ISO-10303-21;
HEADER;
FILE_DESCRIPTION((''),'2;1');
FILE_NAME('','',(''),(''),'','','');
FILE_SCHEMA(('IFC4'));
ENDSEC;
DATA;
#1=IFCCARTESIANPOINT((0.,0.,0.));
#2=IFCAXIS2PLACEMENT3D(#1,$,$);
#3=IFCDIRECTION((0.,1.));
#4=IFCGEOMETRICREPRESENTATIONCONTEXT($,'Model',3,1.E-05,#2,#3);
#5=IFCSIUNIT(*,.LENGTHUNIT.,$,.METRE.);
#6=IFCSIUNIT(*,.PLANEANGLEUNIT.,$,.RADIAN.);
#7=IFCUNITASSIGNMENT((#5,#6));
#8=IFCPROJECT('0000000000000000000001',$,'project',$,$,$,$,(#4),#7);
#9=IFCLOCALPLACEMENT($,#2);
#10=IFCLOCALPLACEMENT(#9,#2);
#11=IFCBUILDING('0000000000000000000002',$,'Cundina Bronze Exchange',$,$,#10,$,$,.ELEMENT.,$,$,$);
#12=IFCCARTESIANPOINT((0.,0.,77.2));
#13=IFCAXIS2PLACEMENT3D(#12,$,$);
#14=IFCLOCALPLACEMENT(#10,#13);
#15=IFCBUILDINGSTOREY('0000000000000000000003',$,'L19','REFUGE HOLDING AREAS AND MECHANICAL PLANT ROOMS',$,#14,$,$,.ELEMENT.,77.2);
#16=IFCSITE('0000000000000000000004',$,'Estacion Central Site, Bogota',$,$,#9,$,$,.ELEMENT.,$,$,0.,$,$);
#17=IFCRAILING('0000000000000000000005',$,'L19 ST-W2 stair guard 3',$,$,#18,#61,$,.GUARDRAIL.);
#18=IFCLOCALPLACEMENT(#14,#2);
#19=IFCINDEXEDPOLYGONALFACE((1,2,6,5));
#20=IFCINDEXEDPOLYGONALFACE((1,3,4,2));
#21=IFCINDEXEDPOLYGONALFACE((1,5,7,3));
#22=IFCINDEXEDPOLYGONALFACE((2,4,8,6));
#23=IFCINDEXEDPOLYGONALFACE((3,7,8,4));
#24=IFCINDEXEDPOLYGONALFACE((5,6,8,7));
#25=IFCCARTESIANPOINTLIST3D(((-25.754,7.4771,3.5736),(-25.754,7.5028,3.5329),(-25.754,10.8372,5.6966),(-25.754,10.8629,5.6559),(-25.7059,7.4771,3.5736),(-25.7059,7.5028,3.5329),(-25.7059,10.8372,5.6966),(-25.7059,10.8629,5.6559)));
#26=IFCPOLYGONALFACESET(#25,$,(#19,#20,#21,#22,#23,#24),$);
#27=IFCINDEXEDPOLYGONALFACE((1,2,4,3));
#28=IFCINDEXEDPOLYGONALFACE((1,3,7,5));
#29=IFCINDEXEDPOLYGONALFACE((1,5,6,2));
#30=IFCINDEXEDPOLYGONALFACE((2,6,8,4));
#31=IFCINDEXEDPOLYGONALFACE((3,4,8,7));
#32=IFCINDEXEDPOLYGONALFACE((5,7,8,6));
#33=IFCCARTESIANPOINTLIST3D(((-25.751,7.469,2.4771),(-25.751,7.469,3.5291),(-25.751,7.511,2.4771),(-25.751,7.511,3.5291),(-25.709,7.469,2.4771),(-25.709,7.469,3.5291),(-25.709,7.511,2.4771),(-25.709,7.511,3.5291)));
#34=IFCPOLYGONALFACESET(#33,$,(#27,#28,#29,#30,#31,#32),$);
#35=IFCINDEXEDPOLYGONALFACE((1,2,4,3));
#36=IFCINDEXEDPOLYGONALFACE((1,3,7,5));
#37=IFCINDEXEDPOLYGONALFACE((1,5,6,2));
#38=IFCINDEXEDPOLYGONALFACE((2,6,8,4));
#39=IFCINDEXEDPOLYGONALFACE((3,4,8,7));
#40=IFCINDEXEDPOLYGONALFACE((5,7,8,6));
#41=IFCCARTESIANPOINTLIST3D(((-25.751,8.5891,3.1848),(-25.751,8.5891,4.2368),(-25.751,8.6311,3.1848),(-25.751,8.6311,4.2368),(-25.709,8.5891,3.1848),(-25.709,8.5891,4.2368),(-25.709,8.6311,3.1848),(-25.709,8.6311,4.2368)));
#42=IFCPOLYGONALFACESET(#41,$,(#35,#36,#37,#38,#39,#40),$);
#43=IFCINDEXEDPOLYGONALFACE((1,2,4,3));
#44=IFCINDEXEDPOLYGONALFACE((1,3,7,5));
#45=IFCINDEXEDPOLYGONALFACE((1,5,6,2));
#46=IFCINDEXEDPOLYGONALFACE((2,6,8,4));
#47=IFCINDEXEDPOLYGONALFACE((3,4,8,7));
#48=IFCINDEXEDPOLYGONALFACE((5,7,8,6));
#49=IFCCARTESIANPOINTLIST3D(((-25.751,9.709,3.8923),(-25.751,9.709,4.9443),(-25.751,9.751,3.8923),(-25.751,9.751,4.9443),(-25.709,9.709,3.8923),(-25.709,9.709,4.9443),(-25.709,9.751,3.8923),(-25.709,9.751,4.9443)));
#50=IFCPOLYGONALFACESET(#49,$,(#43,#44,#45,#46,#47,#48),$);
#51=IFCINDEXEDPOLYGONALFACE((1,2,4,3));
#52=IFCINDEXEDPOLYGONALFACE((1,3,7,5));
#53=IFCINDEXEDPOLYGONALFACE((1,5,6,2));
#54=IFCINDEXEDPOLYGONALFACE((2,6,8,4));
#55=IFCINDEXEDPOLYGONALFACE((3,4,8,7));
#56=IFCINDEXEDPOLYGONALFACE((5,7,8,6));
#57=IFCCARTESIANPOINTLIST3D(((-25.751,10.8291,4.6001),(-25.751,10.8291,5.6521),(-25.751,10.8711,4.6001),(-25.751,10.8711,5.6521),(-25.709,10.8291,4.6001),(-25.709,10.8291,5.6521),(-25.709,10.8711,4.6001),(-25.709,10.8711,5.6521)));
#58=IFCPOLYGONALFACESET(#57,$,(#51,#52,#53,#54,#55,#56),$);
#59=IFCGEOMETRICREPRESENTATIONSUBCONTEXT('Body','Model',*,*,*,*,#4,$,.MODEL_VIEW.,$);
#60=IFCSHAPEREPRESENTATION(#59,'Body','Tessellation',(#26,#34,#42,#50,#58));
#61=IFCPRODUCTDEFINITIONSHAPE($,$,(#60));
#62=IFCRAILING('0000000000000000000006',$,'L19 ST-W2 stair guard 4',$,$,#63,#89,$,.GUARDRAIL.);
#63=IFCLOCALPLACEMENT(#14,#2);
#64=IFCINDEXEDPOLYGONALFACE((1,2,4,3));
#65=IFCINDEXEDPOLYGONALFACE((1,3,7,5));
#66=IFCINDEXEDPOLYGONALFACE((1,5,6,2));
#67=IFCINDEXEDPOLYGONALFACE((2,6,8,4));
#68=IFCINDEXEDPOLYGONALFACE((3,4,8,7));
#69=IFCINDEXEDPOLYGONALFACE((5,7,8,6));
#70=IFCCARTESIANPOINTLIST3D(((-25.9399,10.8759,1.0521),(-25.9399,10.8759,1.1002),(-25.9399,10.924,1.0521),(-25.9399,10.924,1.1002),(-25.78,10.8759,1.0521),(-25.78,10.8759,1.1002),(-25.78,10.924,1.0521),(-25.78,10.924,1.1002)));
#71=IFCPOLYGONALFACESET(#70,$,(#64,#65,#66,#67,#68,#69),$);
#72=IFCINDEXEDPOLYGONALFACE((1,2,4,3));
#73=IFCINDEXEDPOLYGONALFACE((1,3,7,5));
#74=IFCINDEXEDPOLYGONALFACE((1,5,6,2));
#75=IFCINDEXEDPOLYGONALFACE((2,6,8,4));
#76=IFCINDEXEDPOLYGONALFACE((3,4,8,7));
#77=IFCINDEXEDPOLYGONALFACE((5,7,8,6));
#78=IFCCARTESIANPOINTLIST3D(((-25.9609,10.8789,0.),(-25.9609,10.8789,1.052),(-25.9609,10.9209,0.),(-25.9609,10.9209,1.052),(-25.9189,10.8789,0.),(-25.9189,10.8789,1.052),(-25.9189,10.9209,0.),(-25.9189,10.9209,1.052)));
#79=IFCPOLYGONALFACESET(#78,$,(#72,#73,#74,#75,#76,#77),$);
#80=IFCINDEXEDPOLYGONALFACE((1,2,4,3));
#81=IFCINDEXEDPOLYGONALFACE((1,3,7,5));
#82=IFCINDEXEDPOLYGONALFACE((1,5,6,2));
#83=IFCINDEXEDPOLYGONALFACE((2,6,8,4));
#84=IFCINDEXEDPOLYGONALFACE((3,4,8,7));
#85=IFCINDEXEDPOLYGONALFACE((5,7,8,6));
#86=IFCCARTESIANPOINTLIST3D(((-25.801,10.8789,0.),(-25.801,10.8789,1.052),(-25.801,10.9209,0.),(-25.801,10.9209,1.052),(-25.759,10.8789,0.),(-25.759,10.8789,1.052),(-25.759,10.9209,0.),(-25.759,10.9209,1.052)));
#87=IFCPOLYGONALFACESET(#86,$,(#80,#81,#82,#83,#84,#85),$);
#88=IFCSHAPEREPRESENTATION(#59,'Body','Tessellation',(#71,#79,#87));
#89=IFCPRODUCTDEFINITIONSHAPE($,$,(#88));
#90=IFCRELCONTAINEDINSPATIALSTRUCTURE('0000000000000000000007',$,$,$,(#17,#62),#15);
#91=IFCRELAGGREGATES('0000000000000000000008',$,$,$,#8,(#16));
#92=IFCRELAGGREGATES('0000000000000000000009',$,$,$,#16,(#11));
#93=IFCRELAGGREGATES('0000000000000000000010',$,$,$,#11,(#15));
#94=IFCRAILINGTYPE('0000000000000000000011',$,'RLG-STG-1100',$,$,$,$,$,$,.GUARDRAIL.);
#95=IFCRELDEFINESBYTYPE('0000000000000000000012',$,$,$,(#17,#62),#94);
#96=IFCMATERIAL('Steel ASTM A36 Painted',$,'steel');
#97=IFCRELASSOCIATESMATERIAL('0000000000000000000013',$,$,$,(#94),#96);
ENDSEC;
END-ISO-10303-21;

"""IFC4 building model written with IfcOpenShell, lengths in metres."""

from ifc_helpers import new_model, si_unit, direction, frame, origin, origin_2d, place, context, subcontext, project, spatial, rectangle, extrude, material, type_object, element, save


model = new_model("IFC4")

# Units and contexts
model_context = context("Model", 3, precision=1e-05, world=origin(), true_north=direction((0.0, 1.0)))
body_context = subcontext(model_context, "Body", "Model", "MODEL_VIEW")
ifc_project = project(units=[si_unit("LENGTHUNIT", "METRE"), si_unit("PLANEANGLEUNIT", "RADIAN")], contexts=[model_context])

# Site, building, storey
site_placement = place(None, origin())
site = spatial("IfcSite", under=ifc_project, at=site_placement, Name="Estacion Central Site, Bogota", CompositionType="ELEMENT", RefElevation=0.0)
building_placement = place(site_placement, origin())
building = spatial("IfcBuilding", under=site, at=building_placement, Name="Cundina Bronze Exchange", CompositionType="ELEMENT")
storey_placement = place(building_placement, frame((0.0, 0.0, 77.2)))
storey = spatial("IfcBuildingStorey", under=building, at=storey_placement, Name="L19", Description="REFUGE HOLDING AREAS AND MECHANICAL PLANT ROOMS", CompositionType="ELEMENT", Elevation=77.2)

# Shared definitions
ifc_material_1 = material(Name="Steel ASTM A36 Painted", Category="steel")

# Railings
railing_type_1 = type_object("IfcRailingType", Name="RLG-STG-1100", PredefinedType="GUARDRAIL", material=ifc_material_1)
railing_1_placement = place(storey_placement, frame((-25.73, 7.49, 2.4771)))
element("IfcRailing", 1, at=railing_1_placement, inside=storey, type_object=railing_type_1, Name="L19 ST-W2 stair guard 3", PredefinedType="GUARDRAIL", context=body_context, shape_type="SweptSolid", body=[
    extrude(rectangle(XDim=0.0481, YDim=0.0481, at=origin_2d()), frame((0.0, 0.0, 1.0762), z_axis=(0.0, 0.84539, 0.53415), x_axis=(-1.0, 0.0, 0.0)), (0.0, 0.0, 1.0), 3.9746),
    extrude(rectangle(XDim=0.042, YDim=0.042, at=origin_2d()), origin(), (0.0, 0.0, 1.0), 1.052),
    extrude(rectangle(XDim=0.042, YDim=0.042, at=origin_2d()), frame((0.0, 1.1201, 0.7078)), (0.0, 0.0, 1.0), 1.052),
    extrude(rectangle(XDim=0.042, YDim=0.042, at=origin_2d()), frame((0.0, 2.24, 1.4153)), (0.0, 0.0, 1.0), 1.052),
    extrude(rectangle(XDim=0.042, YDim=0.042, at=origin_2d()), frame((0.0, 3.3601, 2.123)), (0.0, 0.0, 1.0), 1.052),
])
railing_2_placement = place(storey_placement, frame((-25.9399, 10.8999, 0.0)))
element("IfcRailing", 2, at=railing_2_placement, inside=storey, type_object=railing_type_1, Name="L19 ST-W2 stair guard 4", PredefinedType="GUARDRAIL", context=body_context, shape_type="SweptSolid", body=[
    extrude(rectangle(XDim=0.0481, YDim=0.0481, at=origin_2d()), frame((0.0, 0.0, 1.0762), z_axis=(1.0, 0.0, 0.0), x_axis=(0.0, 1.0, 0.0)), (0.0, 0.0, 1.0), 0.1599),
    extrude(rectangle(XDim=0.042, YDim=0.042, at=origin_2d()), origin(), (0.0, 0.0, 1.0), 1.052),
    extrude(rectangle(XDim=0.042, YDim=0.042, at=origin_2d()), frame((0.1599, 0.0, 0.0)), (0.0, 0.0, 1.0), 1.052),
])

save(model, "model.ifc")
